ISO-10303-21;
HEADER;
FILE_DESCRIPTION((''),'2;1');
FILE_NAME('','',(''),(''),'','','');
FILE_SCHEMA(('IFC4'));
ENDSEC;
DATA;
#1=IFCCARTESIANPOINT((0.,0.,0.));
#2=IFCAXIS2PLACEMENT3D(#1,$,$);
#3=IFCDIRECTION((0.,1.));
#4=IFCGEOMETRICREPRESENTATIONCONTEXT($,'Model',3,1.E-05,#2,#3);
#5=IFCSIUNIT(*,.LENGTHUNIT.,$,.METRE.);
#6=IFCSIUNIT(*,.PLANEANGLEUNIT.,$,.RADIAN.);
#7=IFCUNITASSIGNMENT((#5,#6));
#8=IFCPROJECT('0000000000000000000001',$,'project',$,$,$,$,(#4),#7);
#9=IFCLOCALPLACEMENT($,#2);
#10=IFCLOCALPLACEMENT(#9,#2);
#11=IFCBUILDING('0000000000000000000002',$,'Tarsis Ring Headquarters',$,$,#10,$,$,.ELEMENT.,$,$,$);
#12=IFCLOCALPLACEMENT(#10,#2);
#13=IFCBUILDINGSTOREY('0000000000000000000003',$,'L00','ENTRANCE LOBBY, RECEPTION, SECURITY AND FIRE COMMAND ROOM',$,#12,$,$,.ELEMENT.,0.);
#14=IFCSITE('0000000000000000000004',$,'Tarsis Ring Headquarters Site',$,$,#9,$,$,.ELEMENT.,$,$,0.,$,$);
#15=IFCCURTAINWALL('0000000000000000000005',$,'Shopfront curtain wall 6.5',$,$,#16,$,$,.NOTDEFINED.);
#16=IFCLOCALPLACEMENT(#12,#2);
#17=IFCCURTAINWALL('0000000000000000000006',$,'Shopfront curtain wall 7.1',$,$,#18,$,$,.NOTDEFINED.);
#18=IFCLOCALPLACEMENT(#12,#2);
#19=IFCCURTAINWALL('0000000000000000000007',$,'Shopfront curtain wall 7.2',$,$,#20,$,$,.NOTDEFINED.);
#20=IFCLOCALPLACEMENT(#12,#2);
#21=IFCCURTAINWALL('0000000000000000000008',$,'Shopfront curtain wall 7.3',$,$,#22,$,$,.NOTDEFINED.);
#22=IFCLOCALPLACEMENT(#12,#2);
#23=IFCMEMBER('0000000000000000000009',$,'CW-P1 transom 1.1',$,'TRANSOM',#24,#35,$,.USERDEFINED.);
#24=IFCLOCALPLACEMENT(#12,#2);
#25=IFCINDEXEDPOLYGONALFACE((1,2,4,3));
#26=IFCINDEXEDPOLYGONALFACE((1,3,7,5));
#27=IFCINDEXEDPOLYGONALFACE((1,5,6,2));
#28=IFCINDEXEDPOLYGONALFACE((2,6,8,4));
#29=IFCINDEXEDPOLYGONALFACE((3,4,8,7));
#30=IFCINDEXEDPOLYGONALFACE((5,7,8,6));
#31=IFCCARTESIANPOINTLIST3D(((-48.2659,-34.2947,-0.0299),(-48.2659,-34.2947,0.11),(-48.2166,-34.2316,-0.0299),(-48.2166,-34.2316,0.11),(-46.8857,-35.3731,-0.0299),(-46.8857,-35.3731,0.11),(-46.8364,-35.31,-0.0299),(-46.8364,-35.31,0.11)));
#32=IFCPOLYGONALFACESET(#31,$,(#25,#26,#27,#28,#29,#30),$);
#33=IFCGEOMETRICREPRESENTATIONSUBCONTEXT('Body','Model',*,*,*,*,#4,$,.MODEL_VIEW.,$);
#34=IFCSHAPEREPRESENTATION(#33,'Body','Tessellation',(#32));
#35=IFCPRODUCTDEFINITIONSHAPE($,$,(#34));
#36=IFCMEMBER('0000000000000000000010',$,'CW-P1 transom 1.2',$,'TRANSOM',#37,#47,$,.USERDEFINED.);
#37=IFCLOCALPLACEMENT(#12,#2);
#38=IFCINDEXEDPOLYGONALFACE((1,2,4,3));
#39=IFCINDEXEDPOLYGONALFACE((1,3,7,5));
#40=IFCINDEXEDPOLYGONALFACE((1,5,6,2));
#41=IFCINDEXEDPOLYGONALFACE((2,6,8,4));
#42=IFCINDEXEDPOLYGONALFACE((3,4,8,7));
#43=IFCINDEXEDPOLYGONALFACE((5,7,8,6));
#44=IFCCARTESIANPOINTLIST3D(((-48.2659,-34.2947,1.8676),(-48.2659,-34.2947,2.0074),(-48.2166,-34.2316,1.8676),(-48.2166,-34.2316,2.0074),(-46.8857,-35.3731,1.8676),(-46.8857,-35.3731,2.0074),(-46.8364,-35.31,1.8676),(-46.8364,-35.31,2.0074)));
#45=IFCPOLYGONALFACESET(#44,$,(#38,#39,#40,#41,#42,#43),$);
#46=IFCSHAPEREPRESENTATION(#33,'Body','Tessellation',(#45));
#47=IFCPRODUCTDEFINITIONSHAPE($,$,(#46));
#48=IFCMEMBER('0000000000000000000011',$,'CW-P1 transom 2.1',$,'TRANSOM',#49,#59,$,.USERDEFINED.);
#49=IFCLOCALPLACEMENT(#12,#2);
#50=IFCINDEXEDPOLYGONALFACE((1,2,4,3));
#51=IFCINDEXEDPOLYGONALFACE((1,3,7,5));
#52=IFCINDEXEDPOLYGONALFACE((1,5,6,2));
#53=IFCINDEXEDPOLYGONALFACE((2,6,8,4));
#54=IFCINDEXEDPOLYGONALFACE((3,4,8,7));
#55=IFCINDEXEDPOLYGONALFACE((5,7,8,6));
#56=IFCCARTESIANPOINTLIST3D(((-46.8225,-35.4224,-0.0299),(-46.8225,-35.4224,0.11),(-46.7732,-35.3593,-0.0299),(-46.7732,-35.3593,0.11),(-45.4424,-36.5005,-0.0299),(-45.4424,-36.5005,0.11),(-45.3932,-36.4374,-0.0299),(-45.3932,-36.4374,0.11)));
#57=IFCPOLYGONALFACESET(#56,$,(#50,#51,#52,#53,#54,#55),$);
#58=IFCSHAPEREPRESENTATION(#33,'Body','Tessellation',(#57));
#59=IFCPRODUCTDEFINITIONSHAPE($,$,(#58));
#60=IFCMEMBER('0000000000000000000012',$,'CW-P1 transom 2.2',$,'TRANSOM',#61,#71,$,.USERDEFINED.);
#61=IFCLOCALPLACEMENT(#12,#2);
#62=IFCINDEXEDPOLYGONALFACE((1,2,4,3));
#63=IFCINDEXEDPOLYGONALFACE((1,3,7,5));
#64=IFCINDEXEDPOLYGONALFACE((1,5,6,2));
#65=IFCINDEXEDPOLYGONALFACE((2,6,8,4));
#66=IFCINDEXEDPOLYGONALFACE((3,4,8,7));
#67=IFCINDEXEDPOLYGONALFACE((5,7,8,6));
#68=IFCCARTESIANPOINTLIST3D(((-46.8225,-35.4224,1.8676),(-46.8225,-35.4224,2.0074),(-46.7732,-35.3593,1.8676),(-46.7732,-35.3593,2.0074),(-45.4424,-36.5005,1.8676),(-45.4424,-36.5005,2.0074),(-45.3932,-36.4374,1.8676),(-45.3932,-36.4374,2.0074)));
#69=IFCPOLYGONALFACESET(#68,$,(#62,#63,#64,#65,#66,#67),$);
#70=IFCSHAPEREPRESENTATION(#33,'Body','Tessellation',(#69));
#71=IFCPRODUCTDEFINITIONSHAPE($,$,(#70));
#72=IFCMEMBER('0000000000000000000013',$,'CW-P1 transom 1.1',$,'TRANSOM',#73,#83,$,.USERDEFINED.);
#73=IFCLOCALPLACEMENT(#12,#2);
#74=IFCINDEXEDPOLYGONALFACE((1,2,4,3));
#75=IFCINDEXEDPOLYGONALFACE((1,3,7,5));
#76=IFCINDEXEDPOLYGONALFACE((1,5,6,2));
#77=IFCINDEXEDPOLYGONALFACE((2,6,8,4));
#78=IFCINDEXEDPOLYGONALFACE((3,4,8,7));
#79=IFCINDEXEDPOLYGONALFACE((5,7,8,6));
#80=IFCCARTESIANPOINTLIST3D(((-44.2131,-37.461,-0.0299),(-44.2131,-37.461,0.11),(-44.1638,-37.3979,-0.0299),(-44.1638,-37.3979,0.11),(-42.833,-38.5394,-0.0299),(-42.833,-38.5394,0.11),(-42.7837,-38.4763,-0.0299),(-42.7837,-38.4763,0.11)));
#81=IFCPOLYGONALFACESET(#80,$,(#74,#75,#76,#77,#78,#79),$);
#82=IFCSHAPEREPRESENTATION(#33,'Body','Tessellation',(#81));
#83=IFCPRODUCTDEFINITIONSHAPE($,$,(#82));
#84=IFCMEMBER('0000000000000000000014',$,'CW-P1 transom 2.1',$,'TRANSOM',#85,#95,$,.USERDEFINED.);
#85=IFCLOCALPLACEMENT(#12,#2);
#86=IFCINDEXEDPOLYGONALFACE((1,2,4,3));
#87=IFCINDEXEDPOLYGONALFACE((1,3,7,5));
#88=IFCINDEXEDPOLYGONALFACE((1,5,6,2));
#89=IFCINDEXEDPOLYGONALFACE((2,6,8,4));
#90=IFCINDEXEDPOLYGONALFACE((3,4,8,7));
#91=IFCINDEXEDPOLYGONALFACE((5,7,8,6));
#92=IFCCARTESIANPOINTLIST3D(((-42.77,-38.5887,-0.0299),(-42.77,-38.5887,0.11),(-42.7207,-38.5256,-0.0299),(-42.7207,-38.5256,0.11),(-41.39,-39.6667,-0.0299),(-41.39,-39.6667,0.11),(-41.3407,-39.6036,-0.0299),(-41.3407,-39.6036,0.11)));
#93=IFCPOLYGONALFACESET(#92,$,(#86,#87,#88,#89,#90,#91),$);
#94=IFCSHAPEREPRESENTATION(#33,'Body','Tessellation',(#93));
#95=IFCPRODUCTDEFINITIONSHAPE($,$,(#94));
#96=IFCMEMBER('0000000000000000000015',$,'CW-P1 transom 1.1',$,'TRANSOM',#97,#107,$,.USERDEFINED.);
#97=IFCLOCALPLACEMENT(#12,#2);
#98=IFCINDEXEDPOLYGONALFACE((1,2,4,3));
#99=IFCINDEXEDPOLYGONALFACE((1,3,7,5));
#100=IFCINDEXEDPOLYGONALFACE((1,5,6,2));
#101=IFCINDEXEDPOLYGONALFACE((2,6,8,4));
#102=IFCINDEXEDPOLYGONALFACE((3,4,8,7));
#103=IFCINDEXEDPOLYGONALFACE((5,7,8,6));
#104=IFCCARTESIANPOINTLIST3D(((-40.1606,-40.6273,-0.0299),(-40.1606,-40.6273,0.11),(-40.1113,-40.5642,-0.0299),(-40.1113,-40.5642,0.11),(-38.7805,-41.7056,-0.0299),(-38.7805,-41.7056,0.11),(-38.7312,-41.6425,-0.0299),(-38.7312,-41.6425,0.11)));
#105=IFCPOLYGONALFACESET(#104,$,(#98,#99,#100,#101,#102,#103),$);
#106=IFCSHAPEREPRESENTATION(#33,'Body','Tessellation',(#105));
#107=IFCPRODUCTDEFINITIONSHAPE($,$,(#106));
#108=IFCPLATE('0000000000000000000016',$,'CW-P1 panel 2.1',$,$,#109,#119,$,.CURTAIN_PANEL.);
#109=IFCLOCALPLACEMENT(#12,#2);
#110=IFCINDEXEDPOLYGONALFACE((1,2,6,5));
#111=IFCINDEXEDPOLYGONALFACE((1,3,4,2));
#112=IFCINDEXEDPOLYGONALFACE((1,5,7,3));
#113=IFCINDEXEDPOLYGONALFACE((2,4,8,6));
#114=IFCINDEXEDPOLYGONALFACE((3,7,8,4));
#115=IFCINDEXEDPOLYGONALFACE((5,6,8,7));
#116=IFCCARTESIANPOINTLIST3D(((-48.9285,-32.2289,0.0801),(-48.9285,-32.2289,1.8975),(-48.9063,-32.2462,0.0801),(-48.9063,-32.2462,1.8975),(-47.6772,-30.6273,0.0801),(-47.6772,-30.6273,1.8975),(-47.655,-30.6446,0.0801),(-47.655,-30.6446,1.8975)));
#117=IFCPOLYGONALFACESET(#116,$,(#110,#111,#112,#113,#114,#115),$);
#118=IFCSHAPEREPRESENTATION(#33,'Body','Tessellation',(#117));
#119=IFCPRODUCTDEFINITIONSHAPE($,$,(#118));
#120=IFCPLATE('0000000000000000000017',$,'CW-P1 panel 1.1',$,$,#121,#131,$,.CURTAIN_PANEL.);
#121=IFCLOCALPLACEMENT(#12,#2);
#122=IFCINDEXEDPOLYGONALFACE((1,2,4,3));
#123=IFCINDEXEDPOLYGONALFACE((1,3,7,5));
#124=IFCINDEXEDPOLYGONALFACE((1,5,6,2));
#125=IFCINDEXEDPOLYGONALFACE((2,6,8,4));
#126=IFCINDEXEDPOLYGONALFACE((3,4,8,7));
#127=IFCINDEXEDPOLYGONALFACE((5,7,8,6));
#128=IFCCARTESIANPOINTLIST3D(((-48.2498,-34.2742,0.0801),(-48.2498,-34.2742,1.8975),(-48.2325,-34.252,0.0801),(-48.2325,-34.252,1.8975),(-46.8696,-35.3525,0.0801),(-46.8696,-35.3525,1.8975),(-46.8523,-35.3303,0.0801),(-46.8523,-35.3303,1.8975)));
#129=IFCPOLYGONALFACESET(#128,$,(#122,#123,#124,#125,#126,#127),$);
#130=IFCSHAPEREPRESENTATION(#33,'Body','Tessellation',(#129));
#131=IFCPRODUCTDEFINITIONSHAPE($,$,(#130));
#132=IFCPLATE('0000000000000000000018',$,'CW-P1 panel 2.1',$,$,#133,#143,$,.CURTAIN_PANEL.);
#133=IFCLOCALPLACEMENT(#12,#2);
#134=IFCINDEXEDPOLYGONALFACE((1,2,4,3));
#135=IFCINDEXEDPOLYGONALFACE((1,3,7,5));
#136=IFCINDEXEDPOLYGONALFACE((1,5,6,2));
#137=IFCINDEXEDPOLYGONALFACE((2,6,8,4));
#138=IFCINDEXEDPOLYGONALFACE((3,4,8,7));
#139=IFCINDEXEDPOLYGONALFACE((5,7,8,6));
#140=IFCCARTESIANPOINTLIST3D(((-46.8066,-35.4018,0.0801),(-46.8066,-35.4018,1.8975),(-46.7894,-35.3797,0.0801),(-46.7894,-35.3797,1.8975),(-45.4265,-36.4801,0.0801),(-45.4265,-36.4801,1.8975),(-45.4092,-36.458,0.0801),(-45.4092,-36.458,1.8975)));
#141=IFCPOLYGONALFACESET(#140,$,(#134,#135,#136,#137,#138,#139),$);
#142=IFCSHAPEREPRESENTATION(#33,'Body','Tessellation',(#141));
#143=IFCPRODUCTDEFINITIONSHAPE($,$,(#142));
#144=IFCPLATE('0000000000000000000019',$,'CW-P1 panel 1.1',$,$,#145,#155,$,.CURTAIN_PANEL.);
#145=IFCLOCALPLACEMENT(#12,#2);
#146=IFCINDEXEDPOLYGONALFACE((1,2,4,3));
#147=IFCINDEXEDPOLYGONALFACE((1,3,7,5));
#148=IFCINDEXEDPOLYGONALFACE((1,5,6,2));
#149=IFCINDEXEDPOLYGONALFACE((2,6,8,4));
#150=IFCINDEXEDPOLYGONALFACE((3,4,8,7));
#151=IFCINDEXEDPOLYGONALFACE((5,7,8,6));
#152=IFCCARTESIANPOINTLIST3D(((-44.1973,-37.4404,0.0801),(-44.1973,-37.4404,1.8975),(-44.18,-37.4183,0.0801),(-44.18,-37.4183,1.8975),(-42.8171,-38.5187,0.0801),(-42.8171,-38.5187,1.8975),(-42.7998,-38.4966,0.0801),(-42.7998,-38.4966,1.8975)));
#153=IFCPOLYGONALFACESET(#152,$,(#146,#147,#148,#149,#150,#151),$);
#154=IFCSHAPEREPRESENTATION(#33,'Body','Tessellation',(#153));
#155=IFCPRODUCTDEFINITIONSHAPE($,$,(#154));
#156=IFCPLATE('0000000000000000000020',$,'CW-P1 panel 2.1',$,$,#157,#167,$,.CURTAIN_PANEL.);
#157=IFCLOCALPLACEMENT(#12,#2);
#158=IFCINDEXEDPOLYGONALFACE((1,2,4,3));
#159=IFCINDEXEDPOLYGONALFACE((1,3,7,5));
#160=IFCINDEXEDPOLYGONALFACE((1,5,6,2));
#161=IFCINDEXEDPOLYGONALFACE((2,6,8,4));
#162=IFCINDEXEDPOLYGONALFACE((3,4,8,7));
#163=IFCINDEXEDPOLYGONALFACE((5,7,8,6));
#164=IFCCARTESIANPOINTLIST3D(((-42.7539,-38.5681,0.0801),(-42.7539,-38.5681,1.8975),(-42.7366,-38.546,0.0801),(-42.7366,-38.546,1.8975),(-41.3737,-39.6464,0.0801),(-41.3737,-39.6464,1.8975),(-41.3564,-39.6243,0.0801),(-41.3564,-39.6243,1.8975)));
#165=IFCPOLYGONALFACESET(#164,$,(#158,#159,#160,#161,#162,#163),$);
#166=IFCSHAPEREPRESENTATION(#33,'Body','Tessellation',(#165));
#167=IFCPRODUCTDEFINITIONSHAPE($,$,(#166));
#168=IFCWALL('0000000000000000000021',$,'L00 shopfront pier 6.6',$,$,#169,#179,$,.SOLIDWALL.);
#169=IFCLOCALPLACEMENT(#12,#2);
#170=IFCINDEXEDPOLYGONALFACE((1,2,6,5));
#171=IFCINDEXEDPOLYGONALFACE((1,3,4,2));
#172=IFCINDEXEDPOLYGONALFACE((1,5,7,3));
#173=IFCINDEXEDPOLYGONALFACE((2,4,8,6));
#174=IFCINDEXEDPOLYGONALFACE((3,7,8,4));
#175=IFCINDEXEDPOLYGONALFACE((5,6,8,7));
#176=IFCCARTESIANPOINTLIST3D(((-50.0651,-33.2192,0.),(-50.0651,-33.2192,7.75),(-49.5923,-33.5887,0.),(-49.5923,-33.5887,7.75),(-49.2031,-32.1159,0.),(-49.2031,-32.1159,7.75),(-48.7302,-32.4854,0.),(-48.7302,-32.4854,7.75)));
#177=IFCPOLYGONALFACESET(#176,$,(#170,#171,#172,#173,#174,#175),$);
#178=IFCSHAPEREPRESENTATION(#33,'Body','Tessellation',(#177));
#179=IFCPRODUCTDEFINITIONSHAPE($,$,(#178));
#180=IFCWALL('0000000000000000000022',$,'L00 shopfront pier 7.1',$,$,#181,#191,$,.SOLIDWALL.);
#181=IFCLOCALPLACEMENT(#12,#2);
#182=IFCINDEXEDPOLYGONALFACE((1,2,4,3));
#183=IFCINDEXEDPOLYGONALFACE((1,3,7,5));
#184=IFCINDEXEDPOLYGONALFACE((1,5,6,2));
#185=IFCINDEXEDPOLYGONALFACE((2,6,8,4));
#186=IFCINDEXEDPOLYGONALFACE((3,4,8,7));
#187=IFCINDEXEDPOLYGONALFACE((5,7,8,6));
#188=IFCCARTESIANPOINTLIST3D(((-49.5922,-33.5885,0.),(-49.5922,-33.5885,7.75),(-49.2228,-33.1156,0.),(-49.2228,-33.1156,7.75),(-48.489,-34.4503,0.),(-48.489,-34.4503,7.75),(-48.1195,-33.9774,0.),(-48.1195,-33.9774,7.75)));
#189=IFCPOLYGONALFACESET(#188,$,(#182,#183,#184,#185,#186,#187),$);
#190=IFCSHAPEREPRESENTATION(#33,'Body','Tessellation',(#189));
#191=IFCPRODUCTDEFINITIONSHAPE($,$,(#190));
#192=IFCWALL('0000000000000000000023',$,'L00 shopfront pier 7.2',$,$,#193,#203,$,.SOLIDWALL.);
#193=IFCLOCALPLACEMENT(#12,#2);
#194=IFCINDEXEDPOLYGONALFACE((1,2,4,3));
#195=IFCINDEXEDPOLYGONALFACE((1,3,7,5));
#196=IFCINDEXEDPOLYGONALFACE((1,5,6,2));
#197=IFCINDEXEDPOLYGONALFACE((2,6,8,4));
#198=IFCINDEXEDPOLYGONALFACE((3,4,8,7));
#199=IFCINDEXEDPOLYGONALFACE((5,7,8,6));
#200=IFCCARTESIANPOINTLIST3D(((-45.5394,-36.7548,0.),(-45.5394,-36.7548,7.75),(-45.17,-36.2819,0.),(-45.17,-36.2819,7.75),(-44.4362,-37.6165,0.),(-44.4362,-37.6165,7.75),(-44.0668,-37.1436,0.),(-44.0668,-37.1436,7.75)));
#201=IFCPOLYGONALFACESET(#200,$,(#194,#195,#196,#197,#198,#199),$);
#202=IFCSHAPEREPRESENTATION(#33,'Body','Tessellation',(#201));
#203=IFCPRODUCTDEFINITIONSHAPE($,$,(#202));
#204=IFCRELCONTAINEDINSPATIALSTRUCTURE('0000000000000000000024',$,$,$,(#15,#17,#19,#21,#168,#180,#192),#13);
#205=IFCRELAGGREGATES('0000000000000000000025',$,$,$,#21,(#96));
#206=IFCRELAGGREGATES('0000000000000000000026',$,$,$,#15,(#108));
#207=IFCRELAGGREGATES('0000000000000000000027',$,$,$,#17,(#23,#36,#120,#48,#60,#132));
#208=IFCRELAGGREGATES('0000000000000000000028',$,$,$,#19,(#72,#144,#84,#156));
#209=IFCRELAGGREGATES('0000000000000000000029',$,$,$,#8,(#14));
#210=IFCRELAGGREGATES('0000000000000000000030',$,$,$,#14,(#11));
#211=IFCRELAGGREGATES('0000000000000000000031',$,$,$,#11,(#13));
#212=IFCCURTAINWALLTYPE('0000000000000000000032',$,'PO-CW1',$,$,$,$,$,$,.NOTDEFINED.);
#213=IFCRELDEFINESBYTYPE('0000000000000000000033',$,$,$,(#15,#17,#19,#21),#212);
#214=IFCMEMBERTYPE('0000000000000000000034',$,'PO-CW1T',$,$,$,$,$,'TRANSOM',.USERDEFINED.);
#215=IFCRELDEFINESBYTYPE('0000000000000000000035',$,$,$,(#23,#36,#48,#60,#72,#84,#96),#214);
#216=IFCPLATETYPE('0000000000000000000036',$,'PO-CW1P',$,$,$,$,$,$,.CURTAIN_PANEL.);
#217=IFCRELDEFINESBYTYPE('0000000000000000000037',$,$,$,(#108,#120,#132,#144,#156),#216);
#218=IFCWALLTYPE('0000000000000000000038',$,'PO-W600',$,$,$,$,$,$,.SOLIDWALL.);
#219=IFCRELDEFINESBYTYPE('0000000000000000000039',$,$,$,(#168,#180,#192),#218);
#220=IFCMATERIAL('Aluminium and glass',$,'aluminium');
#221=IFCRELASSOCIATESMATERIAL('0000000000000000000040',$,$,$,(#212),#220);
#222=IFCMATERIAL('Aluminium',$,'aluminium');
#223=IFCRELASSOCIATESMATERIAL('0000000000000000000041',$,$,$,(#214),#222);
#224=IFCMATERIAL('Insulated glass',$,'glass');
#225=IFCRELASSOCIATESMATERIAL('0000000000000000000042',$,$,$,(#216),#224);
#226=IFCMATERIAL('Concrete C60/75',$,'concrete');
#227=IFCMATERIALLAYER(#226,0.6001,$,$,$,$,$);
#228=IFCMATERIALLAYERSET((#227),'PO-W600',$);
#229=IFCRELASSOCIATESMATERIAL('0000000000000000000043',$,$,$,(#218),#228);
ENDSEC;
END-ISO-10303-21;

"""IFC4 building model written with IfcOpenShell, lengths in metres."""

from ifc_helpers import new_model, si_unit, direction, frame, frame_2d, origin, origin_2d, place, context, subcontext, project, spatial, rectangle, extrude, material, layer, layer_set, material_profile, profile_set, type_object, element, aggregate, save


model = new_model("IFC4")

# Units and contexts
model_context = context("Model", 3, precision=1e-05, world=origin(), true_north=direction((0.0, 1.0)))
body_context = subcontext(model_context, "Body", "Model", "MODEL_VIEW")
ifc_project = project(units=[si_unit("LENGTHUNIT", "METRE"), si_unit("PLANEANGLEUNIT", "RADIAN")], contexts=[model_context])

# Site, building, storey
site_placement = place(None, origin())
site = spatial("IfcSite", under=ifc_project, at=site_placement, Name="Tarsis Ring Headquarters Site", CompositionType="ELEMENT", RefElevation=0.0)
building_placement = place(site_placement, origin())
building = spatial("IfcBuilding", under=site, at=building_placement, Name="Tarsis Ring Headquarters", CompositionType="ELEMENT")
storey_placement = place(building_placement, origin())
storey = spatial("IfcBuildingStorey", under=building, at=storey_placement, Name="L00", Description="ENTRANCE LOBBY, RECEPTION, SECURITY AND FIRE COMMAND ROOM", CompositionType="ELEMENT", Elevation=0.0)

# Curtain wall
ifc_material_1 = material(Name="Aluminium and glass", Category="aluminium")
curtain_wall_type = type_object("IfcCurtainWallType", Name="PO-CW1", PredefinedType="NOTDEFINED", material=ifc_material_1)
curtain_wall_1_placement = place(storey_placement, origin())
curtain_wall_1 = element("IfcCurtainWall", 1, at=curtain_wall_1_placement, inside=storey, type_object=curtain_wall_type, Name="Shopfront curtain wall 6.5", PredefinedType="NOTDEFINED")
ifc_material_2 = material(Name="Aluminium", Category="aluminium")

# Curtain walls
curtain_wall_2_placement = place(storey_placement, origin())
curtain_wall_2 = element("IfcCurtainWall", 2, at=curtain_wall_2_placement, inside=storey, type_object=curtain_wall_type, Name="Shopfront curtain wall 7.1", PredefinedType="NOTDEFINED")
curtain_wall_3_placement = place(storey_placement, origin())
curtain_wall_3 = element("IfcCurtainWall", 3, at=curtain_wall_3_placement, inside=storey, type_object=curtain_wall_type, Name="Shopfront curtain wall 7.2", PredefinedType="NOTDEFINED")

# Curtain wall
curtain_wall_4_placement = place(storey_placement, origin())
curtain_wall_4 = element("IfcCurtainWall", 4, at=curtain_wall_4_placement, inside=storey, type_object=curtain_wall_type, Name="Shopfront curtain wall 7.3", PredefinedType="NOTDEFINED")

# Members
ifc_material_profile_1 = material_profile(ifc_material_2, rectangle(XDim=0.0801, YDim=0.1399, at=origin_2d()), Name="PO-CW1T")
ifc_profile_set_1 = profile_set([ifc_material_profile_1], Name="Aluminium")
member_type_1 = type_object("IfcMemberType", Name="PO-CW1T", ElementType="TRANSOM", PredefinedType="USERDEFINED", material=ifc_profile_set_1)
member_1_placement = place(storey_placement, frame((-48.2412, -34.2632, 0.04), z_axis=(0.787984, -0.615695, 0.0), x_axis=(0.615695, 0.787984, 0.0)))
member_1 = element("IfcMember", 5, at=member_1_placement, type_object=member_type_1, Name="CW-P1 transom 1.1", ObjectType="TRANSOM", PredefinedType="USERDEFINED", context=body_context, shape_type="SweptSolid", body=[
    extrude(rectangle(XDim=0.0801, YDim=0.1399, at=origin_2d()), origin(), (0.0, 0.0, 1.0), 1.7515),
])
member_2_placement = place(storey_placement, frame((-48.2412, -34.2632, 1.9375), z_axis=(0.787984, -0.615695, 0.0), x_axis=(0.615695, 0.787984, 0.0)))
member_2 = element("IfcMember", 6, at=member_2_placement, type_object=member_type_1, Name="CW-P1 transom 1.2", ObjectType="TRANSOM", PredefinedType="USERDEFINED", context=body_context, shape_type="SweptSolid", body=[
    extrude(rectangle(XDim=0.0801, YDim=0.1399, at=origin_2d()), origin(), (0.0, 0.0, 1.0), 1.7515),
])
member_3_placement = place(storey_placement, frame((-46.7979, -35.3909, 0.04), z_axis=(0.788052, -0.615609, 0.0), x_axis=(0.615609, 0.788052, 0.0)))
member_3 = element("IfcMember", 7, at=member_3_placement, type_object=member_type_1, Name="CW-P1 transom 2.1", ObjectType="TRANSOM", PredefinedType="USERDEFINED", context=body_context, shape_type="SweptSolid", body=[
    extrude(rectangle(XDim=0.0801, YDim=0.1399, at=origin_2d()), origin(), (0.0, 0.0, 1.0), 1.7512),
])
member_4_placement = place(storey_placement, frame((-46.7979, -35.3909, 1.9375), z_axis=(0.788052, -0.615609, 0.0), x_axis=(0.615609, 0.788052, 0.0)))
member_4 = element("IfcMember", 8, at=member_4_placement, type_object=member_type_1, Name="CW-P1 transom 2.2", ObjectType="TRANSOM", PredefinedType="USERDEFINED", context=body_context, shape_type="SweptSolid", body=[
    extrude(rectangle(XDim=0.0801, YDim=0.1399, at=origin_2d()), origin(), (0.0, 0.0, 1.0), 1.7512),
])
member_5_placement = place(storey_placement, frame((-44.1885, -37.4294, 0.04), z_axis=(0.787984, -0.615695, 0.0), x_axis=(0.615695, 0.787984, 0.0)))
member_5 = element("IfcMember", 9, at=member_5_placement, type_object=member_type_1, Name="CW-P1 transom 1.1", ObjectType="TRANSOM", PredefinedType="USERDEFINED", context=body_context, shape_type="SweptSolid", body=[
    extrude(rectangle(XDim=0.0801, YDim=0.1399, at=origin_2d()), origin(), (0.0, 0.0, 1.0), 1.7515),
])
member_6_placement = place(storey_placement, frame((-42.7454, -38.5571, 0.04), z_axis=(0.788052, -0.615609, 0.0), x_axis=(0.615609, 0.788052, 0.0)))
member_6 = element("IfcMember", 10, at=member_6_placement, type_object=member_type_1, Name="CW-P1 transom 2.1", ObjectType="TRANSOM", PredefinedType="USERDEFINED", context=body_context, shape_type="SweptSolid", body=[
    extrude(rectangle(XDim=0.0801, YDim=0.1399, at=origin_2d()), origin(), (0.0, 0.0, 1.0), 1.7512),
])
member_7_placement = place(storey_placement, frame((-40.136, -40.5957, 0.04), z_axis=(0.787984, -0.615695, 0.0), x_axis=(0.615695, 0.787984, 0.0)))
member_7 = element("IfcMember", 11, at=member_7_placement, type_object=member_type_1, Name="CW-P1 transom 1.1", ObjectType="TRANSOM", PredefinedType="USERDEFINED", context=body_context, shape_type="SweptSolid", body=[
    extrude(rectangle(XDim=0.0801, YDim=0.1399, at=origin_2d()), origin(), (0.0, 0.0, 1.0), 1.7515),
])
aggregate(curtain_wall_4, [member_7])

# Plates
ifc_material_3 = material(Name="Insulated glass", Category="glass")
plate_type = type_object("IfcPlateType", Name="PO-CW1P", PredefinedType="CURTAIN_PANEL", material=ifc_material_3)
plate_1_placement = place(storey_placement, frame((-48.2917, -31.4368, 0.0801), z_axis=(0.0, 0.0, 1.0), x_axis=(-0.615662, -0.788011, 0.0)))
plate_1 = element("IfcPlate", 12, at=plate_1_placement, type_object=plate_type, Name="CW-P1 panel 2.1", PredefinedType="CURTAIN_PANEL", context=body_context, shape_type="SweptSolid", body=[
    extrude(rectangle(XDim=2.0325, YDim=0.0281, at=origin_2d()), origin(), (0.0, 0.0, 1.0), 1.8174),
])
aggregate(curtain_wall_1, [plate_1])
plate_2_placement = place(storey_placement, frame((-47.551, -34.8022, 0.0801), z_axis=(0.0, 0.0, 1.0), x_axis=(0.788011, -0.615662, 0.0)))
plate_2 = element("IfcPlate", 13, at=plate_2_placement, type_object=plate_type, Name="CW-P1 panel 1.1", PredefinedType="CURTAIN_PANEL", context=body_context, shape_type="SweptSolid", body=[
    extrude(rectangle(XDim=1.7515, YDim=0.0281, at=origin_2d()), origin(), (0.0, 0.0, 1.0), 1.8174),
])
plate_3_placement = place(storey_placement, frame((-46.1079, -35.9299, 0.0801), z_axis=(0.0, 0.0, 1.0), x_axis=(0.788011, -0.615662, 0.0)))
plate_3 = element("IfcPlate", 14, at=plate_3_placement, type_object=plate_type, Name="CW-P1 panel 2.1", PredefinedType="CURTAIN_PANEL", context=body_context, shape_type="SweptSolid", body=[
    extrude(rectangle(XDim=1.7515, YDim=0.0281, at=origin_2d()), origin(), (0.0, 0.0, 1.0), 1.8174),
])
aggregate(curtain_wall_2, [member_1, member_2, plate_2, member_3, member_4, plate_3])
plate_4_placement = place(storey_placement, frame((-43.4985, -37.9685, 0.0801), z_axis=(0.0, 0.0, 1.0), x_axis=(0.788011, -0.615661, 0.0)))
plate_4 = element("IfcPlate", 15, at=plate_4_placement, type_object=plate_type, Name="CW-P1 panel 1.1", PredefinedType="CURTAIN_PANEL", context=body_context, shape_type="SweptSolid", body=[
    extrude(rectangle(XDim=1.7515, YDim=0.0281, at=origin_2d()), origin(), (0.0, 0.0, 1.0), 1.8174),
])
plate_5_placement = place(storey_placement, frame((-42.0552, -39.0962, 0.0801), z_axis=(0.0, 0.0, 1.0), x_axis=(0.788011, -0.615661, 0.0)))
plate_5 = element("IfcPlate", 16, at=plate_5_placement, type_object=plate_type, Name="CW-P1 panel 2.1", PredefinedType="CURTAIN_PANEL", context=body_context, shape_type="SweptSolid", body=[
    extrude(rectangle(XDim=1.7515, YDim=0.0281, at=origin_2d()), origin(), (0.0, 0.0, 1.0), 1.8174),
])
aggregate(curtain_wall_3, [member_5, plate_4, member_6, plate_5])

# Walls
ifc_material_4 = material(Name="Concrete C60/75", Category="concrete")
ifc_layer = layer(ifc_material_4, 0.6001)
ifc_layer_set = layer_set([ifc_layer], Name="PO-W600")
wall_type = type_object("IfcWallType", Name="PO-W600", PredefinedType="SOLIDWALL", material=ifc_layer_set)
wall_placement = place(storey_placement, frame((-48.9666, -32.3005, 0.0), z_axis=(0.0, 0.0, 1.0), x_axis=(-0.615702, -0.787979, 0.0)))
element("IfcWall", 17, at=wall_placement, inside=storey, type_object=wall_type, Name="L00 shopfront pier 6.6", PredefinedType="SOLIDWALL", context=body_context, shape_type="SweptSolid", body=[
    extrude(rectangle(XDim=1.4001, YDim=0.6001, at=frame_2d((0.7002, 0.0))), origin(), (0.0, 0.0, 1.0), 7.75),
])
for number, where, z_axis, x_axis, name in (
    (18, (-49.4075, -33.3521, 0.0), (0.0, 0.0, 1.0), (0.788064, -0.615593, 0.0), "L00 shopfront pier 7.1"),
    (19, (-45.3547, -36.5183, 0.0), (0.0, 0.0, 1.0), (0.788064, -0.615593, 0.0), "L00 shopfront pier 7.2"),
):
    element("IfcWall", number, at=place(storey_placement, frame(where, z_axis=z_axis, x_axis=x_axis)), inside=storey, type_object=wall_type, Name=name, PredefinedType="SOLIDWALL", context=body_context, shape_type="SweptSolid", body=[
        extrude(rectangle(XDim=1.3999, YDim=0.6001, at=frame_2d((0.7, 0.0))), origin(), (0.0, 0.0, 1.0), 7.75),
    ])

save(model, "model.ifc")
